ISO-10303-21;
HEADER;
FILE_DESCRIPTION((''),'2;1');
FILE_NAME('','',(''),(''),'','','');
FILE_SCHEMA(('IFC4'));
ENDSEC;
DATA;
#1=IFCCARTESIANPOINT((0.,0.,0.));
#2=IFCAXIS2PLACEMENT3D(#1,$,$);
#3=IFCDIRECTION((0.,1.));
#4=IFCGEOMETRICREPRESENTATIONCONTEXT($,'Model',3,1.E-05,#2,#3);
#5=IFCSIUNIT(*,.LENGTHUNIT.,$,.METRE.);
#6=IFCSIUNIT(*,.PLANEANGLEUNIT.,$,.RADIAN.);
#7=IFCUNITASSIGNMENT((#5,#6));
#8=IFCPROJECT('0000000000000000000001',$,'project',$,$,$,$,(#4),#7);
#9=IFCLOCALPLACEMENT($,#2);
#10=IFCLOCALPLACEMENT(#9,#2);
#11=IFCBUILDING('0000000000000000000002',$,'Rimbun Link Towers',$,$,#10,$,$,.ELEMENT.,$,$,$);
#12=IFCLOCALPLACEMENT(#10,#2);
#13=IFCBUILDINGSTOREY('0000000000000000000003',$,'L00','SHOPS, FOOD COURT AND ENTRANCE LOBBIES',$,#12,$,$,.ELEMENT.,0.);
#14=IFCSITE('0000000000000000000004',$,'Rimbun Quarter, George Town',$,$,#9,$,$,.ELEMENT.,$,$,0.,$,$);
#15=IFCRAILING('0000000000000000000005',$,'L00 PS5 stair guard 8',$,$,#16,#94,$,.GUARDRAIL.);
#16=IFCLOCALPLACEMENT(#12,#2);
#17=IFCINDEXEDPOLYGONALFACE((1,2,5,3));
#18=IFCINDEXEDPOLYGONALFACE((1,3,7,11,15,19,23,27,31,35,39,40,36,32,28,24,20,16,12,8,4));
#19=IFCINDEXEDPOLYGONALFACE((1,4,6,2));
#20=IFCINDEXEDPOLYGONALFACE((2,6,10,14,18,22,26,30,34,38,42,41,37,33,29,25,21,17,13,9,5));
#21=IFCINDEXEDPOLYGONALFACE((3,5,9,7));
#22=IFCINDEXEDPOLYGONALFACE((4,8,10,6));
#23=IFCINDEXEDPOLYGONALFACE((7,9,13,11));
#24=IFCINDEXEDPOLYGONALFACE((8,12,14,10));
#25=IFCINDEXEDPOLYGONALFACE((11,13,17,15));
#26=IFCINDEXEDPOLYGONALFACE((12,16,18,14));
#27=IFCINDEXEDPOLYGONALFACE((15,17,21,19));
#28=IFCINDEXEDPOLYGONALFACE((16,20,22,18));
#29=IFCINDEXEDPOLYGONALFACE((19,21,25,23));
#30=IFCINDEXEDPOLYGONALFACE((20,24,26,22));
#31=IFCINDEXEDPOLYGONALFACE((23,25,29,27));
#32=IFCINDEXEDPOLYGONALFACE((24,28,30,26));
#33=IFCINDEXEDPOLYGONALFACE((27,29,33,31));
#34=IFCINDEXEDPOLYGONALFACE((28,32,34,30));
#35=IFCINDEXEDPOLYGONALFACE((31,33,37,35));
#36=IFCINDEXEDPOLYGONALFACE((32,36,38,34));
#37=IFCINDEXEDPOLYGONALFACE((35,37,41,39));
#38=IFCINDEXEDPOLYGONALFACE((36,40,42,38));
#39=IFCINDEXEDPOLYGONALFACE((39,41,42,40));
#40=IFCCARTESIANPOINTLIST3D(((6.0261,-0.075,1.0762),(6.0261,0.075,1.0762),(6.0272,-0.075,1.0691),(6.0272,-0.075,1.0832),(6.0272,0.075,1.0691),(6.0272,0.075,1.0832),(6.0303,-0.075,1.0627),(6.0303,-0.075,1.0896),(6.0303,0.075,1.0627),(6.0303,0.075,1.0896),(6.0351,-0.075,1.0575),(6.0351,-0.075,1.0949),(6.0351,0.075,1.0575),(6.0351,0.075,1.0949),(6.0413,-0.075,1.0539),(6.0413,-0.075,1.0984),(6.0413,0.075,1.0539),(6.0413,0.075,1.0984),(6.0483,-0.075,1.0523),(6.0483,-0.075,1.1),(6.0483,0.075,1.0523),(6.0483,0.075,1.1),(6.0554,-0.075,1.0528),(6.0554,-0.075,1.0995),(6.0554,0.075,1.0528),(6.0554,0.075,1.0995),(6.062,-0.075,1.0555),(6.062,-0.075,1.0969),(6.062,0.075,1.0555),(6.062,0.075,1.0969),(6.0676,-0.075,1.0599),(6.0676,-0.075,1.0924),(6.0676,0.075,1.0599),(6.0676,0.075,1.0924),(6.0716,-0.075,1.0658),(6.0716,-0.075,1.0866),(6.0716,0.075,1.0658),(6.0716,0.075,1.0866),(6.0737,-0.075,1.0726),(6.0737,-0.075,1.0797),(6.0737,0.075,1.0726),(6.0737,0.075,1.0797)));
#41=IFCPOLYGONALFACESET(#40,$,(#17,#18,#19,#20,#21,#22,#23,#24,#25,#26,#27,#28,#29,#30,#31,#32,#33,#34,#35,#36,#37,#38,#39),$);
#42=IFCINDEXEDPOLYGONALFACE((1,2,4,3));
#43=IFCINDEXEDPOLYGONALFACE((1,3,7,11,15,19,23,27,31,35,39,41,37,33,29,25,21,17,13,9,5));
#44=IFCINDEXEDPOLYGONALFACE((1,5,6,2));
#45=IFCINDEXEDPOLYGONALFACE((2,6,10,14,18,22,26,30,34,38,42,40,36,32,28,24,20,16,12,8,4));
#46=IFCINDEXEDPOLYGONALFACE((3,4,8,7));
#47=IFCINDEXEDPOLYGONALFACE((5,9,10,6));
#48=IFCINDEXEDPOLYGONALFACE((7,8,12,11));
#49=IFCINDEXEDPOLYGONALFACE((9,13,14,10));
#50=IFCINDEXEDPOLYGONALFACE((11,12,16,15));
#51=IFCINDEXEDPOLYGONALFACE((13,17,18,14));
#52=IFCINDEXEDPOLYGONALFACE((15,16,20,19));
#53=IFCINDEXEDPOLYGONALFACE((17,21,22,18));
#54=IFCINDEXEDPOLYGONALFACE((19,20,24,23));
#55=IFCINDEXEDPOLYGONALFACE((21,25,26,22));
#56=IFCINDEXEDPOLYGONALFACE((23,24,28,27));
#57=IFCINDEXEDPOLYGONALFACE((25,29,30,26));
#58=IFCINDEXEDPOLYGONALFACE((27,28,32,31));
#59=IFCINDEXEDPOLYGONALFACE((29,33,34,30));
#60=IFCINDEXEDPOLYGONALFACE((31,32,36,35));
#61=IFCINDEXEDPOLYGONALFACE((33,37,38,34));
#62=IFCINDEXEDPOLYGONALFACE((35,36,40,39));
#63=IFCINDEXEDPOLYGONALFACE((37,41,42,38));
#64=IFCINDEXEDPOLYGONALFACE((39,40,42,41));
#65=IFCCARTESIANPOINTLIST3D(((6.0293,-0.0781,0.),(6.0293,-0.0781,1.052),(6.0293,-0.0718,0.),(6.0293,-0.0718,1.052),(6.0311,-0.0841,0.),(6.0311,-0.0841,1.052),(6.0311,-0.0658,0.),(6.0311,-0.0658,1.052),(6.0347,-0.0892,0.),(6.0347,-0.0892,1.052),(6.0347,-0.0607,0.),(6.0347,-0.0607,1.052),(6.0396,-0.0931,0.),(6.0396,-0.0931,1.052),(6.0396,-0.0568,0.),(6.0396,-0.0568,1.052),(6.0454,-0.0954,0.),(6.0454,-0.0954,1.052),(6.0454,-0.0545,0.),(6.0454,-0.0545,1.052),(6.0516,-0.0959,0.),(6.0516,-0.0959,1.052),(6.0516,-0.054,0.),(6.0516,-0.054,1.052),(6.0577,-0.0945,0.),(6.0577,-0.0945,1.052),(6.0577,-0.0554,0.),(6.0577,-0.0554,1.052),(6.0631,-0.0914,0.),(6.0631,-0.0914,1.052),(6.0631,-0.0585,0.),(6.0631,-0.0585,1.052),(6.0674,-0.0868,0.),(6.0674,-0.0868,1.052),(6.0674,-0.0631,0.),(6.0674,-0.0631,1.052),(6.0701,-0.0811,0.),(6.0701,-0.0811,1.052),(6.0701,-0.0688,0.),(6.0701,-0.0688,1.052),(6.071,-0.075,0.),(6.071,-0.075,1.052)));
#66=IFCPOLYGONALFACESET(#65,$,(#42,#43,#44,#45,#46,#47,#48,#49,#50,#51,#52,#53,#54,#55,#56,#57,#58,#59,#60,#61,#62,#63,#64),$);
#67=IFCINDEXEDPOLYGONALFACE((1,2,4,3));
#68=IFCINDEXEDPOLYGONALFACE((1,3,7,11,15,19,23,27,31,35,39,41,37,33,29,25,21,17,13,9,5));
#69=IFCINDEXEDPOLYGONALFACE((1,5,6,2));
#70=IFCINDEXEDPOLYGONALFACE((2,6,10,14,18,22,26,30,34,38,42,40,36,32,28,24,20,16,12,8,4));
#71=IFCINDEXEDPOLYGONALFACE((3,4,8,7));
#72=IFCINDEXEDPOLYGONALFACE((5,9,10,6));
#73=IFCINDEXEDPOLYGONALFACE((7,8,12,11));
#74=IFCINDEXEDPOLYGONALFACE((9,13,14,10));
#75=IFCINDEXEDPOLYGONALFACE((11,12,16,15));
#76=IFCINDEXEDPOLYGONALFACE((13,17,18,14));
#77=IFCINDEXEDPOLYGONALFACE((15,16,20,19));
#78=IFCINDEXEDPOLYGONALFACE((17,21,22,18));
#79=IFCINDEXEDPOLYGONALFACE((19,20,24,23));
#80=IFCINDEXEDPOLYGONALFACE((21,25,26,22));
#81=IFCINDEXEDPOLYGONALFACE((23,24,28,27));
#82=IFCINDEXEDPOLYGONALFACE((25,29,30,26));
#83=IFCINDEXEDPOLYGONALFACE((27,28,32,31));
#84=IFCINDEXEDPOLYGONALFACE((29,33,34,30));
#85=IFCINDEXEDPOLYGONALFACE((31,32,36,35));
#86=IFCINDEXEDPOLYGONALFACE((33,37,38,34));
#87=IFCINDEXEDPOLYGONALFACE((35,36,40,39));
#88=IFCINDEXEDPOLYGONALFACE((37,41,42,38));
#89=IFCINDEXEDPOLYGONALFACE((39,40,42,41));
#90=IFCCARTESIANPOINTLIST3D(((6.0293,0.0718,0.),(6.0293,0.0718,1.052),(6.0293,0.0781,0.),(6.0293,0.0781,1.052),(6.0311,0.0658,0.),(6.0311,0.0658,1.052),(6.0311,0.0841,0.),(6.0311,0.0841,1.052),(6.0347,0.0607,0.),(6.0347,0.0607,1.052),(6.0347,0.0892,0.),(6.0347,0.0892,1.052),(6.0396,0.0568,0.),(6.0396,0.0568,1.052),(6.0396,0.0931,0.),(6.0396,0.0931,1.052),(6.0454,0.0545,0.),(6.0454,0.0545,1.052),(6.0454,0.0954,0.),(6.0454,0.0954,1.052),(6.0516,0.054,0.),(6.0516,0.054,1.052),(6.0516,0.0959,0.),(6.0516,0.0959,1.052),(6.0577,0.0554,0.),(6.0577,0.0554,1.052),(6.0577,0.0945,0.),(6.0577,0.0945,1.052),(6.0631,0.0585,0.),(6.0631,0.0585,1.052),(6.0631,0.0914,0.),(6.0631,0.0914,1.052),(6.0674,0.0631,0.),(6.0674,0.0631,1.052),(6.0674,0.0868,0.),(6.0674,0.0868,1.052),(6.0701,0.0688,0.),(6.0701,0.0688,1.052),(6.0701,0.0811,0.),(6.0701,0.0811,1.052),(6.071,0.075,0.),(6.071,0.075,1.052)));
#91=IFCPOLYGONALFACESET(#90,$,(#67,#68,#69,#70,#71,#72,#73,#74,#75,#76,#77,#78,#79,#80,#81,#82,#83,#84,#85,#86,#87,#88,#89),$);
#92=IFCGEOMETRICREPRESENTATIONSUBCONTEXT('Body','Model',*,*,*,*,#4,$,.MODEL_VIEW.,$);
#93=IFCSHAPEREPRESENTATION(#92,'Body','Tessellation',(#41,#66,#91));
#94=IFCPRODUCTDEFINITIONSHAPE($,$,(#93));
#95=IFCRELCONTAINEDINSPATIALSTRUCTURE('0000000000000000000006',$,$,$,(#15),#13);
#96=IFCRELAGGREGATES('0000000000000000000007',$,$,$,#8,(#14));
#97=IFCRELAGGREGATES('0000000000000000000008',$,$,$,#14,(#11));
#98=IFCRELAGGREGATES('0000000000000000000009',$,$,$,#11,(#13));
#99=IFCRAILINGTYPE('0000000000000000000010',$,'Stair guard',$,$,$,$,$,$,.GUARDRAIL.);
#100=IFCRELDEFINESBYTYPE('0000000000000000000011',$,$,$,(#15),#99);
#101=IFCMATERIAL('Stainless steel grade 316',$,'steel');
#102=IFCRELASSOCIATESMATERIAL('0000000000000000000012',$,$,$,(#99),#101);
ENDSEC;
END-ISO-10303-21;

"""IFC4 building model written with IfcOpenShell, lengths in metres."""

from ifc_helpers import new_model, si_unit, direction, frame, origin, origin_2d, place, context, subcontext, project, spatial, circle, extrude, material, type_object, element, save


model = new_model("IFC4")

# Units and contexts
model_context = context("Model", 3, precision=1e-05, world=origin(), true_north=direction((0.0, 1.0)))
body_context = subcontext(model_context, "Body", "Model", "MODEL_VIEW")
ifc_project = project(units=[si_unit("LENGTHUNIT", "METRE"), si_unit("PLANEANGLEUNIT", "RADIAN")], contexts=[model_context])

# Site, building, storey
site_placement = place(None, origin())
site = spatial("IfcSite", under=ifc_project, at=site_placement, Name="Rimbun Quarter, George Town", CompositionType="ELEMENT", RefElevation=0.0)
building_placement = place(site_placement, origin())
building = spatial("IfcBuilding", under=site, at=building_placement, Name="Rimbun Link Towers", CompositionType="ELEMENT")
storey_placement = place(building_placement, origin())
storey = spatial("IfcBuildingStorey", under=building, at=storey_placement, Name="L00", Description="SHOPS, FOOD COURT AND ENTRANCE LOBBIES", CompositionType="ELEMENT", Elevation=0.0)

# Railing
ifc_material_1 = material(Name="Stainless steel grade 316", Category="steel")
railing_type_1 = type_object("IfcRailingType", Name="Stair guard", PredefinedType="GUARDRAIL", material=ifc_material_1)
railing_1_placement = place(storey_placement, frame((6.05, -0.075, 0.0)))
element("IfcRailing", 1, at=railing_1_placement, inside=storey, type_object=railing_type_1, Name="L00 PS5 stair guard 8", PredefinedType="GUARDRAIL", context=body_context, shape_type="SweptSolid", body=[
    extrude(circle(Radius=0.0239, at=origin_2d()), frame((0.0, 0.0, 1.0762), z_axis=(0.0, 1.0, 0.0), x_axis=(-1.0, 0.0, 0.0)), (0.0, 0.0, 1.0), 0.1499),
    extrude(circle(Radius=0.021, at=origin_2d()), origin(), (0.0, 0.0, 1.0), 1.052),
    extrude(circle(Radius=0.021, at=origin_2d()), frame((0.0, 0.1499, 0.0)), (0.0, 0.0, 1.0), 1.052),
])

save(model, "model.ifc")
